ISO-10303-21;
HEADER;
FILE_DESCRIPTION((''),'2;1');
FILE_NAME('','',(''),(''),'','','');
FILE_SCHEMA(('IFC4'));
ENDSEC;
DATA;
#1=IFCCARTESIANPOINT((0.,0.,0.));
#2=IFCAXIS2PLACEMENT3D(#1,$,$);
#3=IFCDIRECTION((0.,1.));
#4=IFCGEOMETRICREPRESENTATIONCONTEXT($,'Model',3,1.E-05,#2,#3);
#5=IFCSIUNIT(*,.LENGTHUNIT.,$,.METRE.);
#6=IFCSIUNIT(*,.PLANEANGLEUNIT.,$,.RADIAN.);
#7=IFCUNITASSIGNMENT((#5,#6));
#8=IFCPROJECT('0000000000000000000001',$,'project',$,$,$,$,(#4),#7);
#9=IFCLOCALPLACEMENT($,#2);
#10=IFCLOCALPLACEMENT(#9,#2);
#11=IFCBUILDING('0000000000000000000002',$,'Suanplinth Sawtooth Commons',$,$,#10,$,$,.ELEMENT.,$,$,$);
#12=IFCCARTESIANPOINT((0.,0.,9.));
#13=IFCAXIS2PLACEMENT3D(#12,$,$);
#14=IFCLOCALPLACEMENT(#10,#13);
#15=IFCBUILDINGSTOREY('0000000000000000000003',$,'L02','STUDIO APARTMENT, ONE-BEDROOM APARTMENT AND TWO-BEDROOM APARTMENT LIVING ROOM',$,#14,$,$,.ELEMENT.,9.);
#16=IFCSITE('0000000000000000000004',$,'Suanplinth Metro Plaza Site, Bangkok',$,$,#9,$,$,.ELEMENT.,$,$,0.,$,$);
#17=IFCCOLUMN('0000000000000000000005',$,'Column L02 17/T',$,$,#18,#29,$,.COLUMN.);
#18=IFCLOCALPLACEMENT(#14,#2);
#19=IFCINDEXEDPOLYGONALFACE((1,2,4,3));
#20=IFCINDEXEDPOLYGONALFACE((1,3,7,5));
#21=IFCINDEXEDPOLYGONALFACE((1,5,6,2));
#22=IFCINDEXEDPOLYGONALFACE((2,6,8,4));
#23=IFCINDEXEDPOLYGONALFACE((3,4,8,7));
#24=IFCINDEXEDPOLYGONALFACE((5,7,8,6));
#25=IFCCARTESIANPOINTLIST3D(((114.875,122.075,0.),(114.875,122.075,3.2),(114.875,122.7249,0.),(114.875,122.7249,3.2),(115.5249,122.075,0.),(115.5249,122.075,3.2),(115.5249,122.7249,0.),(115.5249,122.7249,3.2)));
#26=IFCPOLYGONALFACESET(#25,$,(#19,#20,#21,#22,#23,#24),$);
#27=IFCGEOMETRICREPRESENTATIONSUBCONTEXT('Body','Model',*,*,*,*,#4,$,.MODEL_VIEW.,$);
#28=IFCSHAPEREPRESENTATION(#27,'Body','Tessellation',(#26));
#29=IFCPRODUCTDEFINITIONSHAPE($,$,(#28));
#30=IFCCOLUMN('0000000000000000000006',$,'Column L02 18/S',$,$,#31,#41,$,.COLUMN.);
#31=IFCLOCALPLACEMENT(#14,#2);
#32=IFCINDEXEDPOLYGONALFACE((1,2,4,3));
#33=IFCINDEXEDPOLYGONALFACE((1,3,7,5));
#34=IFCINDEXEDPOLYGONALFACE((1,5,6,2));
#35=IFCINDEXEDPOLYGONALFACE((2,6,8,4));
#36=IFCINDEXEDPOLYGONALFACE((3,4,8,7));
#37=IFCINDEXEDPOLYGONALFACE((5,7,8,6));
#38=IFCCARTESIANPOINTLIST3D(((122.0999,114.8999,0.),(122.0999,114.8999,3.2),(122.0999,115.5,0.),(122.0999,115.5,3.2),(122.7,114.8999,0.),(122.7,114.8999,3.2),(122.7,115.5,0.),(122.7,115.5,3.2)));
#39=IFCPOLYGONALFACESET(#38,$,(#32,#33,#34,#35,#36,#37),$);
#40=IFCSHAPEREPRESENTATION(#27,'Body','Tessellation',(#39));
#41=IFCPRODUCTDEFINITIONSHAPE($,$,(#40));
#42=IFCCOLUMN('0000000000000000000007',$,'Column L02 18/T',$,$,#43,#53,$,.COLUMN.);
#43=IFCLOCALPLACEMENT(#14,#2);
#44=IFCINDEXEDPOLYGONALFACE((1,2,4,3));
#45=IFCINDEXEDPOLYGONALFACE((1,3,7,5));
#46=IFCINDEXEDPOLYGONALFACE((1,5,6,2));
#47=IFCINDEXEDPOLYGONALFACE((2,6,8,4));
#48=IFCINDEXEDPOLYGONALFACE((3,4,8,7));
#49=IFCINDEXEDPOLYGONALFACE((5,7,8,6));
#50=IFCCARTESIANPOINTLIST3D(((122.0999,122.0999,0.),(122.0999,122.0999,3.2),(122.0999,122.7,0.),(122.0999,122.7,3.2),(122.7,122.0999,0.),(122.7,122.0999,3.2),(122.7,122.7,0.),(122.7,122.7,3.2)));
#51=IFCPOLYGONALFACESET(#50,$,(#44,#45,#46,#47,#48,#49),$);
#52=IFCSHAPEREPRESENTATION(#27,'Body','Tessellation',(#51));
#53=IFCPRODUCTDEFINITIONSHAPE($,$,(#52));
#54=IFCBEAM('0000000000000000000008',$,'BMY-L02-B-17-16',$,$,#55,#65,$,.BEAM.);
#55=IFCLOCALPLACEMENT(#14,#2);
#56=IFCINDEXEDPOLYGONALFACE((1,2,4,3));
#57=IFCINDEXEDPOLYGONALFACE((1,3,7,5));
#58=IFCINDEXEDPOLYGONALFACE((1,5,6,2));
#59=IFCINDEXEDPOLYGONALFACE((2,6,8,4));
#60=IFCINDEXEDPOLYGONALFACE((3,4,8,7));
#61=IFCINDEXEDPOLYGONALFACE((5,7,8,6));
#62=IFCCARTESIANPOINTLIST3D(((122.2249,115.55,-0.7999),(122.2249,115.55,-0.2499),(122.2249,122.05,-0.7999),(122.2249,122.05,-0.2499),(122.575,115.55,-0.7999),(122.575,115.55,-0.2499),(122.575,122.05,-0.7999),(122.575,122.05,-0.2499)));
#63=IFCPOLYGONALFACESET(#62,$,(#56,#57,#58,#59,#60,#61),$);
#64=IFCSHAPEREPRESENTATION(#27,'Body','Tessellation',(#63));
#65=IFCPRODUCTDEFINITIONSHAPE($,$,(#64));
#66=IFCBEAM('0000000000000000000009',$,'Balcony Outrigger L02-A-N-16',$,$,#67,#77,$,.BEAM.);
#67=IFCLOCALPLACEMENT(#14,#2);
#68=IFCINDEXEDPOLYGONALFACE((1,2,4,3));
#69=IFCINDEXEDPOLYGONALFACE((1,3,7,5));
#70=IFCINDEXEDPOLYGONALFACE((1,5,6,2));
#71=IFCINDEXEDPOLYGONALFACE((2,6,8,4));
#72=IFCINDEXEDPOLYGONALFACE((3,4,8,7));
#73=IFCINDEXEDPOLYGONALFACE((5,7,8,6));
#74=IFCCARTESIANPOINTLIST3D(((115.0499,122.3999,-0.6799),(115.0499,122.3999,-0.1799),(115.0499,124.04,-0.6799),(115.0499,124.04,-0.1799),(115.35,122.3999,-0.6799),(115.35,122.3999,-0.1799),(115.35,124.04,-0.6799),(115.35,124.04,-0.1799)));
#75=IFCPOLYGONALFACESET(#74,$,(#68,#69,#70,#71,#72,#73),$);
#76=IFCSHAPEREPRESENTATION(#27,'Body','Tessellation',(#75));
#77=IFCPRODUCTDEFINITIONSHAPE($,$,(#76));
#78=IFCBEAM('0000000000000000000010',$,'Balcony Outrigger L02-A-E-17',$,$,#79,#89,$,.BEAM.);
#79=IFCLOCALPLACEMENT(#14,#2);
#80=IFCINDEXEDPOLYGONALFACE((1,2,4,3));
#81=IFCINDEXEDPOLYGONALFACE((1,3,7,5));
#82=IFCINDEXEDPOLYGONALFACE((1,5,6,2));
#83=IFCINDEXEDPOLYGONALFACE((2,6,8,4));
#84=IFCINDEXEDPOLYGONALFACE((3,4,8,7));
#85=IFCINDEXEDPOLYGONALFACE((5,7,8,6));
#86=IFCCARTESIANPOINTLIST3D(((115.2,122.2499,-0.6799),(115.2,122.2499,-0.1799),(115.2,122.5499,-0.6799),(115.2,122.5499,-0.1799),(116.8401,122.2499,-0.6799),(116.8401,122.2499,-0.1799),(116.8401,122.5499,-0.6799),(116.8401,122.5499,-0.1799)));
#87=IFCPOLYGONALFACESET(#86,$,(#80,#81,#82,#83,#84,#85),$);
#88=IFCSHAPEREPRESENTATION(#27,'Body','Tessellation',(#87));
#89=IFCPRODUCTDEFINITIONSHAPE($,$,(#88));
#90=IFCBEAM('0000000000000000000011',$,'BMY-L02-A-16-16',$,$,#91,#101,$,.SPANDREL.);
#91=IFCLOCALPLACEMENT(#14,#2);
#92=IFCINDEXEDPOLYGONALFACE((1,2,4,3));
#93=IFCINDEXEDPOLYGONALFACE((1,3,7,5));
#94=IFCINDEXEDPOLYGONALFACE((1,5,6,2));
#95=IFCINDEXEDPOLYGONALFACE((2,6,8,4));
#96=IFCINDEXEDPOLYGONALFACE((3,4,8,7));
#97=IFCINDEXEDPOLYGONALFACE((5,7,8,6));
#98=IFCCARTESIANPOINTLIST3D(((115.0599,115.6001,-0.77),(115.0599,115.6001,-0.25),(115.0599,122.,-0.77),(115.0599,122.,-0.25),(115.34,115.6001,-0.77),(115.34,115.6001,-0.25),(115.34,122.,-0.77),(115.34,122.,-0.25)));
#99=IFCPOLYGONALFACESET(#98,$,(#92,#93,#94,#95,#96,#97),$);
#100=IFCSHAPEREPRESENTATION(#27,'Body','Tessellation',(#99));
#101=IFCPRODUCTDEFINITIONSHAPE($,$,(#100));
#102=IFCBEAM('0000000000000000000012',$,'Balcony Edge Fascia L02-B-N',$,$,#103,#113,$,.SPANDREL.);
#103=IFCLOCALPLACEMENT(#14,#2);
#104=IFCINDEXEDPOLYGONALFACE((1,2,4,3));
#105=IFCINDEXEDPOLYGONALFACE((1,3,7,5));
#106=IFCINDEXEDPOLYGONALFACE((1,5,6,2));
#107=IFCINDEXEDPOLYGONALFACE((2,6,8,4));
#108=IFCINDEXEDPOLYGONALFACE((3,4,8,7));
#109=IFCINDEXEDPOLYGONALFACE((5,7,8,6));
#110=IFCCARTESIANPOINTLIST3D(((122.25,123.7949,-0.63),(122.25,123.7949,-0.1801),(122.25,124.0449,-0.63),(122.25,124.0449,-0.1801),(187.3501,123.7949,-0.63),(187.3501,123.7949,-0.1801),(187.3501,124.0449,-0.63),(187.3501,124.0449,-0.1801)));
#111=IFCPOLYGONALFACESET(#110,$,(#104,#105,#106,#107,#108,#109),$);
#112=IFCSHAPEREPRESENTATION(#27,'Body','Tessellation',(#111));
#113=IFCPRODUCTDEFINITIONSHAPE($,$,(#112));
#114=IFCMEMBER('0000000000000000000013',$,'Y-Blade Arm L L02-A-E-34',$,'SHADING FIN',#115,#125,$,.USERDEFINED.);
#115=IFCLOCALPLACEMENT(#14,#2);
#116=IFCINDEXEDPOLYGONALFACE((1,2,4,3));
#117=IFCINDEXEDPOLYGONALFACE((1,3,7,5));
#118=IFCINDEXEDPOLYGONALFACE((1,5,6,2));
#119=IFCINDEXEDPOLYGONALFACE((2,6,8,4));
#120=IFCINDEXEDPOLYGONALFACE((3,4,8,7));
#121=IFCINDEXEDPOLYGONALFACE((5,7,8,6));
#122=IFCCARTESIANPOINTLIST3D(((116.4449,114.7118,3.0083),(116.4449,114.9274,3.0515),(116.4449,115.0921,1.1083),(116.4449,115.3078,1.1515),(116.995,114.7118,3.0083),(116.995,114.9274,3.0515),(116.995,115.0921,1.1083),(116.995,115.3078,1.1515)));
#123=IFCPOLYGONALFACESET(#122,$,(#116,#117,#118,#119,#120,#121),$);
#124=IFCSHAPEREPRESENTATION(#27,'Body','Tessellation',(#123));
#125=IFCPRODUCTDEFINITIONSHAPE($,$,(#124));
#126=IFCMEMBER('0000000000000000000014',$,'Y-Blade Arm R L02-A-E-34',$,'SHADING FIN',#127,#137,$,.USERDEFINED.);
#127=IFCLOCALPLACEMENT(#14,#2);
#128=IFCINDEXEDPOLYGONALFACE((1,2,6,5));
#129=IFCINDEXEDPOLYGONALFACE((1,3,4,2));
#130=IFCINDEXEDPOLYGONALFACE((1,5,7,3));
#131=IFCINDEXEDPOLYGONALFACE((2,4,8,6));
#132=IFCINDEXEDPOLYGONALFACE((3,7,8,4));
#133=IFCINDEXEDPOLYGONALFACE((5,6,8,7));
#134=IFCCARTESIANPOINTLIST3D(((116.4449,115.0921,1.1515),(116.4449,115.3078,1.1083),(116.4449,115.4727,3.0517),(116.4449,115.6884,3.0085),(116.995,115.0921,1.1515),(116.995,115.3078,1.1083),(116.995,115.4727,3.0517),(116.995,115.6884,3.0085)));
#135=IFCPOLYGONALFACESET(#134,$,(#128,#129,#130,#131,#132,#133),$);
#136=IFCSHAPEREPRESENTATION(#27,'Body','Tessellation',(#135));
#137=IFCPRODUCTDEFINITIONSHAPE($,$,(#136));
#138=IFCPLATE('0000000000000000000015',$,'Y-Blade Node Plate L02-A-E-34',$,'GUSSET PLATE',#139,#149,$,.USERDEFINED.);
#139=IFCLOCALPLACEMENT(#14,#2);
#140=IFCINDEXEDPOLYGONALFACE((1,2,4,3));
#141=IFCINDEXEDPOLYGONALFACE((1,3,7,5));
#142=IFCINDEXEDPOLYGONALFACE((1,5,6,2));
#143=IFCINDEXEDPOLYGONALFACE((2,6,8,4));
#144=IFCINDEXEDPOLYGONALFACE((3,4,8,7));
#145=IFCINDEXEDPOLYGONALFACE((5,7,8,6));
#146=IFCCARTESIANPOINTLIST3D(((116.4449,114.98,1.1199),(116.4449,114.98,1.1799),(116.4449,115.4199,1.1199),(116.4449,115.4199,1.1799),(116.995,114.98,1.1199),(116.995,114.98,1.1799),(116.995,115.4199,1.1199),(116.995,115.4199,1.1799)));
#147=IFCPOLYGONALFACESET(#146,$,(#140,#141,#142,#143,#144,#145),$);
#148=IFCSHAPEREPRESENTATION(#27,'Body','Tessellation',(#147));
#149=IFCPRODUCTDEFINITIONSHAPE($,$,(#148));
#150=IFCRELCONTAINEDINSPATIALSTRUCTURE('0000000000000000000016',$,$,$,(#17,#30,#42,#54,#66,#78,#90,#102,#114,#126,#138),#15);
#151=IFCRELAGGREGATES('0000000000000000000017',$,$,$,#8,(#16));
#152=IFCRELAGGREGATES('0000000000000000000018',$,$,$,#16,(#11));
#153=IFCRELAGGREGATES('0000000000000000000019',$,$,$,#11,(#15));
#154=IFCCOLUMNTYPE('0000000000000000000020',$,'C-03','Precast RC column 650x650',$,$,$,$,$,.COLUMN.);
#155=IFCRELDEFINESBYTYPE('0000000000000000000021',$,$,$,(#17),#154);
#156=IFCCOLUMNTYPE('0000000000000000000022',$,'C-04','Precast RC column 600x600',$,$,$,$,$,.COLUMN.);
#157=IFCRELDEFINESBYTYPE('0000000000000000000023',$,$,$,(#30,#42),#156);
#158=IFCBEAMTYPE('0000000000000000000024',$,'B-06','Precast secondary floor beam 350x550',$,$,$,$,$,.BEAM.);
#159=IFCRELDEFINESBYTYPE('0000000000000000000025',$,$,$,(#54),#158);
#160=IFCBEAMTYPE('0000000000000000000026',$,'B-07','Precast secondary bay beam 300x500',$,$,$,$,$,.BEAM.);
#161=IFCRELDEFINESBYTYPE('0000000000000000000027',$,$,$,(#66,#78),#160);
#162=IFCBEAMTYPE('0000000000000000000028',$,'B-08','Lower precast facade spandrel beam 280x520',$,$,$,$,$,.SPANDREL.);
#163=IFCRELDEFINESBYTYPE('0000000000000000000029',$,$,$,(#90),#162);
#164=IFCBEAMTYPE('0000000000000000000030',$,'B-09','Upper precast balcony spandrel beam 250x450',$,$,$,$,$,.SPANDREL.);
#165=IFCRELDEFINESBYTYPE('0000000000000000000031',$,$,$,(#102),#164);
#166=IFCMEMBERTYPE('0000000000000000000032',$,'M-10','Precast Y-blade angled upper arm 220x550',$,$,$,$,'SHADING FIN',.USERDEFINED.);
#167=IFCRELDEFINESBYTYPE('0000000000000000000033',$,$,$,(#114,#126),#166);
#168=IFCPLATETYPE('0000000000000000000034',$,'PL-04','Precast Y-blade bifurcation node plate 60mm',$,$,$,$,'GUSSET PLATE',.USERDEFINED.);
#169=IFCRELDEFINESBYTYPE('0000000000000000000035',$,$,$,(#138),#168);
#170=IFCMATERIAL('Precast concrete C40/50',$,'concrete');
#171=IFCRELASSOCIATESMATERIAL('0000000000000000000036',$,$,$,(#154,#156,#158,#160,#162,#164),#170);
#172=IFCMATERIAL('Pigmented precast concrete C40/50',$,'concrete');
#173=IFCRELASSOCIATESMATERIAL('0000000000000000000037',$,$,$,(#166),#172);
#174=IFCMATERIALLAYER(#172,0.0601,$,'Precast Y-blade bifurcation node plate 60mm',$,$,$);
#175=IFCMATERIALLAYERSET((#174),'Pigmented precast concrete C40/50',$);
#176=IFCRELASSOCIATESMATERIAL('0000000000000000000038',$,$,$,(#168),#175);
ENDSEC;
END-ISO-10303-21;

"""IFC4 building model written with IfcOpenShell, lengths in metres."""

from ifc_helpers import new_model, si_unit, direction, frame, origin, origin_2d, place, context, subcontext, project, spatial, rectangle, extrude, material, layer, layer_set, material_profile, profile_set, type_object, element, save


model = new_model("IFC4")

# Units and contexts
model_context = context("Model", 3, precision=1e-05, world=origin(), true_north=direction((0.0, 1.0)))
body_context = subcontext(model_context, "Body", "Model", "MODEL_VIEW")
ifc_project = project(units=[si_unit("LENGTHUNIT", "METRE"), si_unit("PLANEANGLEUNIT", "RADIAN")], contexts=[model_context])

# Site, building, storey
site_placement = place(None, origin())
site = spatial("IfcSite", under=ifc_project, at=site_placement, Name="Suanplinth Metro Plaza Site, Bangkok", CompositionType="ELEMENT", RefElevation=0.0)
building_placement = place(site_placement, origin())
building = spatial("IfcBuilding", under=site, at=building_placement, Name="Suanplinth Sawtooth Commons", CompositionType="ELEMENT")
storey_placement = place(building_placement, frame((0.0, 0.0, 9.0)))
storey = spatial("IfcBuildingStorey", under=building, at=storey_placement, Name="L02", Description="STUDIO APARTMENT, ONE-BEDROOM APARTMENT AND TWO-BEDROOM APARTMENT LIVING ROOM", CompositionType="ELEMENT", Elevation=9.0)

# Columns
ifc_material_1 = material(Name="Precast concrete C40/50", Category="concrete")
ifc_material_profile_1 = material_profile(ifc_material_1, rectangle(XDim=0.6499, YDim=0.6499, at=origin_2d()), Name="PC-COL 650x650")
ifc_profile_set_1 = profile_set([ifc_material_profile_1], Name="Precast concrete C40/50")
column_type_1 = type_object("IfcColumnType", Name="C-03", Description="Precast RC column 650x650", PredefinedType="COLUMN", material=ifc_profile_set_1)
column_placement = place(storey_placement, frame((115.2, 122.3999, 0.0), z_axis=(0.0, 0.0, 1.0), x_axis=(1.0, 0.0, 0.0)))
element("IfcColumn", 1, at=column_placement, inside=storey, type_object=column_type_1, Name="Column L02 17/T", PredefinedType="COLUMN", context=body_context, shape_type="SweptSolid", body=[
    extrude(rectangle(XDim=0.6499, YDim=0.6499, at=origin_2d()), origin(), (0.0, 0.0, 1.0), 3.2),
])
ifc_material_profile_2 = material_profile(ifc_material_1, rectangle(XDim=0.6001, YDim=0.6001, at=origin_2d()), Name="PC-COL 600x600")
ifc_profile_set_2 = profile_set([ifc_material_profile_2], Name="Precast concrete C40/50")
column_type_2 = type_object("IfcColumnType", Name="C-04", Description="Precast RC column 600x600", PredefinedType="COLUMN", material=ifc_profile_set_2)
for number, where, z_axis, x_axis, name in (
    (2, (122.3999, 115.2, 0.0), (0.0, 0.0, 1.0), (1.0, 0.0, 0.0), "Column L02 18/S"),
    (3, (122.3999, 122.3999, 0.0), (0.0, 0.0, 1.0), (1.0, 0.0, 0.0), "Column L02 18/T"),
):
    element("IfcColumn", number, at=place(storey_placement, frame(where, z_axis=z_axis, x_axis=x_axis)), inside=storey, type_object=column_type_2, Name=name, PredefinedType="COLUMN", context=body_context, shape_type="SweptSolid", body=[
        extrude(rectangle(XDim=0.6001, YDim=0.6001, at=origin_2d()), origin(), (0.0, 0.0, 1.0), 3.2),
    ])

# Beams
ifc_material_profile_3 = material_profile(ifc_material_1, rectangle(XDim=0.3501, YDim=0.55, at=origin_2d()), Name="PC-BM 350x550")
ifc_profile_set_3 = profile_set([ifc_material_profile_3], Name="Precast concrete C40/50")
beam_type_1 = type_object("IfcBeamType", Name="B-06", Description="Precast secondary floor beam 350x550", PredefinedType="BEAM", material=ifc_profile_set_3)
beam_1_placement = place(storey_placement, frame((122.3999, 115.55, -0.5249), z_axis=(0.0, 1.0, 0.0), x_axis=(-1.0, 0.0, 0.0)))
element("IfcBeam", 4, at=beam_1_placement, inside=storey, type_object=beam_type_1, Name="BMY-L02-B-17-16", PredefinedType="BEAM", context=body_context, shape_type="SweptSolid", body=[
    extrude(rectangle(XDim=0.3501, YDim=0.55, at=origin_2d()), origin(), (0.0, 0.0, 1.0), 6.5),
])
ifc_material_profile_4 = material_profile(ifc_material_1, rectangle(XDim=0.3, YDim=0.5, at=origin_2d()), Name="PC-BM 300x500")
ifc_profile_set_4 = profile_set([ifc_material_profile_4], Name="Precast concrete C40/50")
beam_type_2 = type_object("IfcBeamType", Name="B-07", Description="Precast secondary bay beam 300x500", PredefinedType="BEAM", material=ifc_profile_set_4)
for number, where, z_axis, x_axis, name in (
    (5, (115.2, 122.3999, -0.4299), (0.0, 1.0, 0.0), (-1.0, 0.0, 0.0), "Balcony Outrigger L02-A-N-16"),
    (6, (115.2, 122.3999, -0.4299), (1.0, 0.0, 0.0), (0.0, 1.0, 0.0), "Balcony Outrigger L02-A-E-17"),
):
    element("IfcBeam", number, at=place(storey_placement, frame(where, z_axis=z_axis, x_axis=x_axis)), inside=storey, type_object=beam_type_2, Name=name, PredefinedType="BEAM", context=body_context, shape_type="SweptSolid", body=[
        extrude(rectangle(XDim=0.3, YDim=0.5, at=origin_2d()), origin(), (0.0, 0.0, 1.0), 1.6401),
    ])
ifc_material_profile_5 = material_profile(ifc_material_1, rectangle(XDim=0.28, YDim=0.52, at=origin_2d()), Name="PC-SP 280x520")
ifc_profile_set_5 = profile_set([ifc_material_profile_5], Name="Precast concrete C40/50")
beam_type_3 = type_object("IfcBeamType", Name="B-08", Description="Lower precast facade spandrel beam 280x520", PredefinedType="SPANDREL", material=ifc_profile_set_5)
beam_2_placement = place(storey_placement, frame((115.2, 115.6001, -0.51), z_axis=(0.0, 1.0, 0.0), x_axis=(-1.0, 0.0, 0.0)))
element("IfcBeam", 7, at=beam_2_placement, inside=storey, type_object=beam_type_3, Name="BMY-L02-A-16-16", PredefinedType="SPANDREL", context=body_context, shape_type="SweptSolid", body=[
    extrude(rectangle(XDim=0.28, YDim=0.52, at=origin_2d()), origin(), (0.0, 0.0, 1.0), 6.3999),
])
ifc_material_profile_6 = material_profile(ifc_material_1, rectangle(XDim=0.25, YDim=0.45, at=origin_2d()), Name="PC-SP 250x450")
ifc_profile_set_6 = profile_set([ifc_material_profile_6], Name="Precast concrete C40/50")
beam_type_4 = type_object("IfcBeamType", Name="B-09", Description="Upper precast balcony spandrel beam 250x450", PredefinedType="SPANDREL", material=ifc_profile_set_6)
beam_3_placement = place(storey_placement, frame((122.25, 123.9199, -0.405), z_axis=(1.0, 0.0, 0.0), x_axis=(0.0, 1.0, 0.0)))
element("IfcBeam", 8, at=beam_3_placement, inside=storey, type_object=beam_type_4, Name="Balcony Edge Fascia L02-B-N", PredefinedType="SPANDREL", context=body_context, shape_type="SweptSolid", body=[
    extrude(rectangle(XDim=0.25, YDim=0.45, at=origin_2d()), origin(), (0.0, 0.0, 1.0), 65.1001),
])

# Members
ifc_material_2 = material(Name="Pigmented precast concrete C40/50", Category="concrete")
ifc_material_profile_7 = material_profile(ifc_material_2, rectangle(XDim=0.22, YDim=0.55, at=origin_2d()), Name="PC-FIN 220x550")
ifc_profile_set_7 = profile_set([ifc_material_profile_7], Name="Pigmented precast concrete C40/50")
member_type = type_object("IfcMemberType", Name="M-10", Description="Precast Y-blade angled upper arm 220x550", ElementType="SHADING FIN", PredefinedType="USERDEFINED", material=ifc_profile_set_7)
member_1_placement = place(storey_placement, frame((116.72, 115.2, 1.1299), z_axis=(0.0, -0.196286, 0.980547), x_axis=(0.0, 0.980547, 0.196286)))
element("IfcMember", 9, at=member_1_placement, inside=storey, type_object=member_type, Name="Y-Blade Arm L L02-A-E-34", ObjectType="SHADING FIN", PredefinedType="USERDEFINED", context=body_context, shape_type="SweptSolid", body=[
    extrude(rectangle(XDim=0.22, YDim=0.55, at=origin_2d()), origin(), (0.0, 0.0, 1.0), 1.9377),
])
member_2_placement = place(storey_placement, frame((116.72, 115.2, 1.1299), z_axis=(0.0, 0.196407, 0.980522), x_axis=(0.0, -0.980522, 0.196407)))
element("IfcMember", 10, at=member_2_placement, inside=storey, type_object=member_type, Name="Y-Blade Arm R L02-A-E-34", ObjectType="SHADING FIN", PredefinedType="USERDEFINED", context=body_context, shape_type="SweptSolid", body=[
    extrude(rectangle(XDim=0.22, YDim=0.55, at=origin_2d()), origin(), (0.0, 0.0, 1.0), 1.938),
])

# Plate
ifc_layer_1 = layer(ifc_material_2, 0.0601, Name="Precast Y-blade bifurcation node plate 60mm")
ifc_layer_set_1 = layer_set([ifc_layer_1], Name="Pigmented precast concrete C40/50")
plate_type = type_object("IfcPlateType", Name="PL-04", Description="Precast Y-blade bifurcation node plate 60mm", ElementType="GUSSET PLATE", PredefinedType="USERDEFINED", material=ifc_layer_set_1)
plate_placement = place(storey_placement, frame((116.72, 115.2, 1.1199), z_axis=(0.0, 0.0, 1.0), x_axis=(0.0, 1.0, 0.0)))
element("IfcPlate", 11, at=plate_placement, inside=storey, type_object=plate_type, Name="Y-Blade Node Plate L02-A-E-34", ObjectType="GUSSET PLATE", PredefinedType="USERDEFINED", context=body_context, shape_type="SweptSolid", body=[
    extrude(rectangle(XDim=0.4399, YDim=0.55, at=origin_2d()), origin(), (0.0, 0.0, 1.0), 0.0601),
])

save(model, "model.ifc")
